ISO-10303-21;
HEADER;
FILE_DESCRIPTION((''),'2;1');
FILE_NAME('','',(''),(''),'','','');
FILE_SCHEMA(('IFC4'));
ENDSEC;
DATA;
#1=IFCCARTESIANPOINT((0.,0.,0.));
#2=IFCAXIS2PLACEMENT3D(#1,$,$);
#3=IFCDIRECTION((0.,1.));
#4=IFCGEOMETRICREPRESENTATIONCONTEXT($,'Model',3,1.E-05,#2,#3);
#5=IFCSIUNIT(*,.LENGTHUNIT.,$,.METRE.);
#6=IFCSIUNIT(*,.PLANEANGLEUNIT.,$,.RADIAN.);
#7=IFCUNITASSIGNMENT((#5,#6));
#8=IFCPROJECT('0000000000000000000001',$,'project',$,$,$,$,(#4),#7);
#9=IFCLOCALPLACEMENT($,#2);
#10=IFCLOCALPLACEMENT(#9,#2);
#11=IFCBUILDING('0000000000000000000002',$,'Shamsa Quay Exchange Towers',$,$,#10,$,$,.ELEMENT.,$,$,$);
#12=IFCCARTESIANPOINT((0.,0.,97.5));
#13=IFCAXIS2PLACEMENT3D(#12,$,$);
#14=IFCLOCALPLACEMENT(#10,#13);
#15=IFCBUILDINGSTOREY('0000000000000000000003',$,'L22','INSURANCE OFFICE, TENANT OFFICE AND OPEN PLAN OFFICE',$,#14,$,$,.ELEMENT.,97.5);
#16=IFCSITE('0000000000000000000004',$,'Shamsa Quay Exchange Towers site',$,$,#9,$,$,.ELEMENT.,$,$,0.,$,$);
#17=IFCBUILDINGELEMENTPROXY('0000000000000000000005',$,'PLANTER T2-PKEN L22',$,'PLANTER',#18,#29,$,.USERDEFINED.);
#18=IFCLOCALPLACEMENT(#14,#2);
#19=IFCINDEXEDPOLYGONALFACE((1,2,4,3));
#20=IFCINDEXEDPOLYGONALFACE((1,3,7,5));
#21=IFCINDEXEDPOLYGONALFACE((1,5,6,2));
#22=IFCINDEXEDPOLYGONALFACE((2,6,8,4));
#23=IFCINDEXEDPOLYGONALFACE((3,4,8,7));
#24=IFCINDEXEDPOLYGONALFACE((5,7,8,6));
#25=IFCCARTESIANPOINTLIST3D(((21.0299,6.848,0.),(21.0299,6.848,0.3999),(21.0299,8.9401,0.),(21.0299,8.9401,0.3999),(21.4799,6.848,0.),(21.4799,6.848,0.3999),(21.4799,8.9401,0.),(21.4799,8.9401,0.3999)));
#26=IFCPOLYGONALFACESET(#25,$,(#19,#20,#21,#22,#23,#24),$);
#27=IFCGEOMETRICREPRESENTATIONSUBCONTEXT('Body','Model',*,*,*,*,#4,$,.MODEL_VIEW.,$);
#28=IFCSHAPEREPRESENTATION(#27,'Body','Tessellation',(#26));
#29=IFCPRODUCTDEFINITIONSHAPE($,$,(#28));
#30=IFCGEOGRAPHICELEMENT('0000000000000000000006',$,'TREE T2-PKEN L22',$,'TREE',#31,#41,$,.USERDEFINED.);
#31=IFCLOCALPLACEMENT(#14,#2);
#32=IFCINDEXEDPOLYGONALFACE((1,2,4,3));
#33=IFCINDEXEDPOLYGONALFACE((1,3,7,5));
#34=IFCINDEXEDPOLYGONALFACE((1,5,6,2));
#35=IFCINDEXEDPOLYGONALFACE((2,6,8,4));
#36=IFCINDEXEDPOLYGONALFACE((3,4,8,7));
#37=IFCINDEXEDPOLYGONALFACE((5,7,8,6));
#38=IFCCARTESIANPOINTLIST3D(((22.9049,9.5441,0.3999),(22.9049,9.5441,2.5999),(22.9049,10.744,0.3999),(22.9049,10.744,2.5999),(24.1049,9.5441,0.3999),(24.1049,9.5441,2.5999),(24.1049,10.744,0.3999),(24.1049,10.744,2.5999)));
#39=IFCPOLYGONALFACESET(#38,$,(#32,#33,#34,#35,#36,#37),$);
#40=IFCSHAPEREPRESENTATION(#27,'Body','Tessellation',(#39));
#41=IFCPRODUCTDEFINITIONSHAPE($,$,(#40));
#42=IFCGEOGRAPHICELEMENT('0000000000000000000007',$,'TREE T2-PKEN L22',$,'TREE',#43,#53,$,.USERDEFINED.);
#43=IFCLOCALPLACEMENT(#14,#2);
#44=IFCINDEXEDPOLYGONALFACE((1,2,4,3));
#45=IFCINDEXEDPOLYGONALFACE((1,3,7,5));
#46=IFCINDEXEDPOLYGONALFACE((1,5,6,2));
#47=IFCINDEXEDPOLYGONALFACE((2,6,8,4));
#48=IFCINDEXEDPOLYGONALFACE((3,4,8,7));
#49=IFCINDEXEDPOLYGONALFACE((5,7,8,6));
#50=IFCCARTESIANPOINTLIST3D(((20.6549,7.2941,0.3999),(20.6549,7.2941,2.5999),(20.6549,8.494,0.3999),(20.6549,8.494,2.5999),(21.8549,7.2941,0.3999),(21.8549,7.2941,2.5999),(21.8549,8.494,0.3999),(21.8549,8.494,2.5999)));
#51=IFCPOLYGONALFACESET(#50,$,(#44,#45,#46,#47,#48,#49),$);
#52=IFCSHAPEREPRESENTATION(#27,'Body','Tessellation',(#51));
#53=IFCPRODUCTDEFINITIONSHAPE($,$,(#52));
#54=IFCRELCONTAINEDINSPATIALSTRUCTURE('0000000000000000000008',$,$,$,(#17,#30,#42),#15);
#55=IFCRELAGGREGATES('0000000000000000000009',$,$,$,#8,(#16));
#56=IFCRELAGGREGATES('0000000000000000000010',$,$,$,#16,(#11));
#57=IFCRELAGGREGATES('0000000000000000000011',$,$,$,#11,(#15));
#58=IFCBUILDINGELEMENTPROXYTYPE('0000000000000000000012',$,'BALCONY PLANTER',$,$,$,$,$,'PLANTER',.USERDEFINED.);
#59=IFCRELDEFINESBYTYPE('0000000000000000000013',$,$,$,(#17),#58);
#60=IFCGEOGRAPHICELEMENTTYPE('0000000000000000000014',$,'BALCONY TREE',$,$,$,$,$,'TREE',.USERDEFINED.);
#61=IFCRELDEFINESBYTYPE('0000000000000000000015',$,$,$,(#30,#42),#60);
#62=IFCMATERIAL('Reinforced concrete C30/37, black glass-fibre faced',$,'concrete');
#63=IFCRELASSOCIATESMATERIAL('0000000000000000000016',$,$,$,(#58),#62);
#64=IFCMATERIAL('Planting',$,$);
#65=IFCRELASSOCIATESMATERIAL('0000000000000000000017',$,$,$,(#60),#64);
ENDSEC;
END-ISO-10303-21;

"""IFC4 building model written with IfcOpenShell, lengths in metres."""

from ifc_helpers import new_model, si_unit, direction, frame, origin, origin_2d, place, context, subcontext, project, spatial, rectangle, extrude, material, type_object, element, save


model = new_model("IFC4")

# Units and contexts
model_context = context("Model", 3, precision=1e-05, world=origin(), true_north=direction((0.0, 1.0)))
body_context = subcontext(model_context, "Body", "Model", "MODEL_VIEW")
ifc_project = project(units=[si_unit("LENGTHUNIT", "METRE"), si_unit("PLANEANGLEUNIT", "RADIAN")], contexts=[model_context])

# Site, building, storey
site_placement = place(None, origin())
site = spatial("IfcSite", under=ifc_project, at=site_placement, Name="Shamsa Quay Exchange Towers site", CompositionType="ELEMENT", RefElevation=0.0)
building_placement = place(site_placement, origin())
building = spatial("IfcBuilding", under=site, at=building_placement, Name="Shamsa Quay Exchange Towers", CompositionType="ELEMENT")
storey_placement = place(building_placement, frame((0.0, 0.0, 97.5)))
storey = spatial("IfcBuildingStorey", under=building, at=storey_placement, Name="L22", Description="INSURANCE OFFICE, TENANT OFFICE AND OPEN PLAN OFFICE", CompositionType="ELEMENT", Elevation=97.5)

# Building element proxy
ifc_material_1 = material(Name="Reinforced concrete C30/37, black glass-fibre faced", Category="concrete")
building_element_proxy_type = type_object("IfcBuildingElementProxyType", Name="BALCONY PLANTER", ElementType="PLANTER", PredefinedType="USERDEFINED", material=ifc_material_1)
for number, where, z_axis, x_axis, name in (
    (1, (21.2549, 7.894, 0.0), (0.0, 0.0, 1.0), (0.0, -1.0, 0.0), "PLANTER T2-PKEN L22"),
):
    element("IfcBuildingElementProxy", number, at=place(storey_placement, frame(where, z_axis=z_axis, x_axis=x_axis)), inside=storey, type_object=building_element_proxy_type, Name=name, ObjectType="PLANTER", PredefinedType="USERDEFINED", context=body_context, shape_type="SweptSolid", body=[
        extrude(rectangle(XDim=2.092, YDim=0.45, at=origin_2d()), origin(), (0.0, 0.0, 1.0), 0.3999),
    ])

# Geographic elements
ifc_material_2 = material(Name="Planting")
geographic_element_type = type_object("IfcGeographicElementType", Name="BALCONY TREE", ElementType="TREE", PredefinedType="USERDEFINED", material=ifc_material_2)
for number, where, z_axis, x_axis, name in (
    (2, (23.5049, 10.144, 0.3999), (0.0, 0.0, 1.0), (0.0, -1.0, 0.0), "TREE T2-PKEN L22"),
    (3, (21.2549, 7.894, 0.3999), (0.0, 0.0, 1.0), (0.0, -1.0, 0.0), "TREE T2-PKEN L22"),
):
    element("IfcGeographicElement", number, at=place(storey_placement, frame(where, z_axis=z_axis, x_axis=x_axis)), inside=storey, type_object=geographic_element_type, Name=name, ObjectType="TREE", PredefinedType="USERDEFINED", context=body_context, shape_type="SweptSolid", body=[
        extrude(rectangle(XDim=1.2, YDim=1.2, at=origin_2d()), origin(), (0.0, 0.0, 1.0), 2.2),
    ])

save(model, "model.ifc")
